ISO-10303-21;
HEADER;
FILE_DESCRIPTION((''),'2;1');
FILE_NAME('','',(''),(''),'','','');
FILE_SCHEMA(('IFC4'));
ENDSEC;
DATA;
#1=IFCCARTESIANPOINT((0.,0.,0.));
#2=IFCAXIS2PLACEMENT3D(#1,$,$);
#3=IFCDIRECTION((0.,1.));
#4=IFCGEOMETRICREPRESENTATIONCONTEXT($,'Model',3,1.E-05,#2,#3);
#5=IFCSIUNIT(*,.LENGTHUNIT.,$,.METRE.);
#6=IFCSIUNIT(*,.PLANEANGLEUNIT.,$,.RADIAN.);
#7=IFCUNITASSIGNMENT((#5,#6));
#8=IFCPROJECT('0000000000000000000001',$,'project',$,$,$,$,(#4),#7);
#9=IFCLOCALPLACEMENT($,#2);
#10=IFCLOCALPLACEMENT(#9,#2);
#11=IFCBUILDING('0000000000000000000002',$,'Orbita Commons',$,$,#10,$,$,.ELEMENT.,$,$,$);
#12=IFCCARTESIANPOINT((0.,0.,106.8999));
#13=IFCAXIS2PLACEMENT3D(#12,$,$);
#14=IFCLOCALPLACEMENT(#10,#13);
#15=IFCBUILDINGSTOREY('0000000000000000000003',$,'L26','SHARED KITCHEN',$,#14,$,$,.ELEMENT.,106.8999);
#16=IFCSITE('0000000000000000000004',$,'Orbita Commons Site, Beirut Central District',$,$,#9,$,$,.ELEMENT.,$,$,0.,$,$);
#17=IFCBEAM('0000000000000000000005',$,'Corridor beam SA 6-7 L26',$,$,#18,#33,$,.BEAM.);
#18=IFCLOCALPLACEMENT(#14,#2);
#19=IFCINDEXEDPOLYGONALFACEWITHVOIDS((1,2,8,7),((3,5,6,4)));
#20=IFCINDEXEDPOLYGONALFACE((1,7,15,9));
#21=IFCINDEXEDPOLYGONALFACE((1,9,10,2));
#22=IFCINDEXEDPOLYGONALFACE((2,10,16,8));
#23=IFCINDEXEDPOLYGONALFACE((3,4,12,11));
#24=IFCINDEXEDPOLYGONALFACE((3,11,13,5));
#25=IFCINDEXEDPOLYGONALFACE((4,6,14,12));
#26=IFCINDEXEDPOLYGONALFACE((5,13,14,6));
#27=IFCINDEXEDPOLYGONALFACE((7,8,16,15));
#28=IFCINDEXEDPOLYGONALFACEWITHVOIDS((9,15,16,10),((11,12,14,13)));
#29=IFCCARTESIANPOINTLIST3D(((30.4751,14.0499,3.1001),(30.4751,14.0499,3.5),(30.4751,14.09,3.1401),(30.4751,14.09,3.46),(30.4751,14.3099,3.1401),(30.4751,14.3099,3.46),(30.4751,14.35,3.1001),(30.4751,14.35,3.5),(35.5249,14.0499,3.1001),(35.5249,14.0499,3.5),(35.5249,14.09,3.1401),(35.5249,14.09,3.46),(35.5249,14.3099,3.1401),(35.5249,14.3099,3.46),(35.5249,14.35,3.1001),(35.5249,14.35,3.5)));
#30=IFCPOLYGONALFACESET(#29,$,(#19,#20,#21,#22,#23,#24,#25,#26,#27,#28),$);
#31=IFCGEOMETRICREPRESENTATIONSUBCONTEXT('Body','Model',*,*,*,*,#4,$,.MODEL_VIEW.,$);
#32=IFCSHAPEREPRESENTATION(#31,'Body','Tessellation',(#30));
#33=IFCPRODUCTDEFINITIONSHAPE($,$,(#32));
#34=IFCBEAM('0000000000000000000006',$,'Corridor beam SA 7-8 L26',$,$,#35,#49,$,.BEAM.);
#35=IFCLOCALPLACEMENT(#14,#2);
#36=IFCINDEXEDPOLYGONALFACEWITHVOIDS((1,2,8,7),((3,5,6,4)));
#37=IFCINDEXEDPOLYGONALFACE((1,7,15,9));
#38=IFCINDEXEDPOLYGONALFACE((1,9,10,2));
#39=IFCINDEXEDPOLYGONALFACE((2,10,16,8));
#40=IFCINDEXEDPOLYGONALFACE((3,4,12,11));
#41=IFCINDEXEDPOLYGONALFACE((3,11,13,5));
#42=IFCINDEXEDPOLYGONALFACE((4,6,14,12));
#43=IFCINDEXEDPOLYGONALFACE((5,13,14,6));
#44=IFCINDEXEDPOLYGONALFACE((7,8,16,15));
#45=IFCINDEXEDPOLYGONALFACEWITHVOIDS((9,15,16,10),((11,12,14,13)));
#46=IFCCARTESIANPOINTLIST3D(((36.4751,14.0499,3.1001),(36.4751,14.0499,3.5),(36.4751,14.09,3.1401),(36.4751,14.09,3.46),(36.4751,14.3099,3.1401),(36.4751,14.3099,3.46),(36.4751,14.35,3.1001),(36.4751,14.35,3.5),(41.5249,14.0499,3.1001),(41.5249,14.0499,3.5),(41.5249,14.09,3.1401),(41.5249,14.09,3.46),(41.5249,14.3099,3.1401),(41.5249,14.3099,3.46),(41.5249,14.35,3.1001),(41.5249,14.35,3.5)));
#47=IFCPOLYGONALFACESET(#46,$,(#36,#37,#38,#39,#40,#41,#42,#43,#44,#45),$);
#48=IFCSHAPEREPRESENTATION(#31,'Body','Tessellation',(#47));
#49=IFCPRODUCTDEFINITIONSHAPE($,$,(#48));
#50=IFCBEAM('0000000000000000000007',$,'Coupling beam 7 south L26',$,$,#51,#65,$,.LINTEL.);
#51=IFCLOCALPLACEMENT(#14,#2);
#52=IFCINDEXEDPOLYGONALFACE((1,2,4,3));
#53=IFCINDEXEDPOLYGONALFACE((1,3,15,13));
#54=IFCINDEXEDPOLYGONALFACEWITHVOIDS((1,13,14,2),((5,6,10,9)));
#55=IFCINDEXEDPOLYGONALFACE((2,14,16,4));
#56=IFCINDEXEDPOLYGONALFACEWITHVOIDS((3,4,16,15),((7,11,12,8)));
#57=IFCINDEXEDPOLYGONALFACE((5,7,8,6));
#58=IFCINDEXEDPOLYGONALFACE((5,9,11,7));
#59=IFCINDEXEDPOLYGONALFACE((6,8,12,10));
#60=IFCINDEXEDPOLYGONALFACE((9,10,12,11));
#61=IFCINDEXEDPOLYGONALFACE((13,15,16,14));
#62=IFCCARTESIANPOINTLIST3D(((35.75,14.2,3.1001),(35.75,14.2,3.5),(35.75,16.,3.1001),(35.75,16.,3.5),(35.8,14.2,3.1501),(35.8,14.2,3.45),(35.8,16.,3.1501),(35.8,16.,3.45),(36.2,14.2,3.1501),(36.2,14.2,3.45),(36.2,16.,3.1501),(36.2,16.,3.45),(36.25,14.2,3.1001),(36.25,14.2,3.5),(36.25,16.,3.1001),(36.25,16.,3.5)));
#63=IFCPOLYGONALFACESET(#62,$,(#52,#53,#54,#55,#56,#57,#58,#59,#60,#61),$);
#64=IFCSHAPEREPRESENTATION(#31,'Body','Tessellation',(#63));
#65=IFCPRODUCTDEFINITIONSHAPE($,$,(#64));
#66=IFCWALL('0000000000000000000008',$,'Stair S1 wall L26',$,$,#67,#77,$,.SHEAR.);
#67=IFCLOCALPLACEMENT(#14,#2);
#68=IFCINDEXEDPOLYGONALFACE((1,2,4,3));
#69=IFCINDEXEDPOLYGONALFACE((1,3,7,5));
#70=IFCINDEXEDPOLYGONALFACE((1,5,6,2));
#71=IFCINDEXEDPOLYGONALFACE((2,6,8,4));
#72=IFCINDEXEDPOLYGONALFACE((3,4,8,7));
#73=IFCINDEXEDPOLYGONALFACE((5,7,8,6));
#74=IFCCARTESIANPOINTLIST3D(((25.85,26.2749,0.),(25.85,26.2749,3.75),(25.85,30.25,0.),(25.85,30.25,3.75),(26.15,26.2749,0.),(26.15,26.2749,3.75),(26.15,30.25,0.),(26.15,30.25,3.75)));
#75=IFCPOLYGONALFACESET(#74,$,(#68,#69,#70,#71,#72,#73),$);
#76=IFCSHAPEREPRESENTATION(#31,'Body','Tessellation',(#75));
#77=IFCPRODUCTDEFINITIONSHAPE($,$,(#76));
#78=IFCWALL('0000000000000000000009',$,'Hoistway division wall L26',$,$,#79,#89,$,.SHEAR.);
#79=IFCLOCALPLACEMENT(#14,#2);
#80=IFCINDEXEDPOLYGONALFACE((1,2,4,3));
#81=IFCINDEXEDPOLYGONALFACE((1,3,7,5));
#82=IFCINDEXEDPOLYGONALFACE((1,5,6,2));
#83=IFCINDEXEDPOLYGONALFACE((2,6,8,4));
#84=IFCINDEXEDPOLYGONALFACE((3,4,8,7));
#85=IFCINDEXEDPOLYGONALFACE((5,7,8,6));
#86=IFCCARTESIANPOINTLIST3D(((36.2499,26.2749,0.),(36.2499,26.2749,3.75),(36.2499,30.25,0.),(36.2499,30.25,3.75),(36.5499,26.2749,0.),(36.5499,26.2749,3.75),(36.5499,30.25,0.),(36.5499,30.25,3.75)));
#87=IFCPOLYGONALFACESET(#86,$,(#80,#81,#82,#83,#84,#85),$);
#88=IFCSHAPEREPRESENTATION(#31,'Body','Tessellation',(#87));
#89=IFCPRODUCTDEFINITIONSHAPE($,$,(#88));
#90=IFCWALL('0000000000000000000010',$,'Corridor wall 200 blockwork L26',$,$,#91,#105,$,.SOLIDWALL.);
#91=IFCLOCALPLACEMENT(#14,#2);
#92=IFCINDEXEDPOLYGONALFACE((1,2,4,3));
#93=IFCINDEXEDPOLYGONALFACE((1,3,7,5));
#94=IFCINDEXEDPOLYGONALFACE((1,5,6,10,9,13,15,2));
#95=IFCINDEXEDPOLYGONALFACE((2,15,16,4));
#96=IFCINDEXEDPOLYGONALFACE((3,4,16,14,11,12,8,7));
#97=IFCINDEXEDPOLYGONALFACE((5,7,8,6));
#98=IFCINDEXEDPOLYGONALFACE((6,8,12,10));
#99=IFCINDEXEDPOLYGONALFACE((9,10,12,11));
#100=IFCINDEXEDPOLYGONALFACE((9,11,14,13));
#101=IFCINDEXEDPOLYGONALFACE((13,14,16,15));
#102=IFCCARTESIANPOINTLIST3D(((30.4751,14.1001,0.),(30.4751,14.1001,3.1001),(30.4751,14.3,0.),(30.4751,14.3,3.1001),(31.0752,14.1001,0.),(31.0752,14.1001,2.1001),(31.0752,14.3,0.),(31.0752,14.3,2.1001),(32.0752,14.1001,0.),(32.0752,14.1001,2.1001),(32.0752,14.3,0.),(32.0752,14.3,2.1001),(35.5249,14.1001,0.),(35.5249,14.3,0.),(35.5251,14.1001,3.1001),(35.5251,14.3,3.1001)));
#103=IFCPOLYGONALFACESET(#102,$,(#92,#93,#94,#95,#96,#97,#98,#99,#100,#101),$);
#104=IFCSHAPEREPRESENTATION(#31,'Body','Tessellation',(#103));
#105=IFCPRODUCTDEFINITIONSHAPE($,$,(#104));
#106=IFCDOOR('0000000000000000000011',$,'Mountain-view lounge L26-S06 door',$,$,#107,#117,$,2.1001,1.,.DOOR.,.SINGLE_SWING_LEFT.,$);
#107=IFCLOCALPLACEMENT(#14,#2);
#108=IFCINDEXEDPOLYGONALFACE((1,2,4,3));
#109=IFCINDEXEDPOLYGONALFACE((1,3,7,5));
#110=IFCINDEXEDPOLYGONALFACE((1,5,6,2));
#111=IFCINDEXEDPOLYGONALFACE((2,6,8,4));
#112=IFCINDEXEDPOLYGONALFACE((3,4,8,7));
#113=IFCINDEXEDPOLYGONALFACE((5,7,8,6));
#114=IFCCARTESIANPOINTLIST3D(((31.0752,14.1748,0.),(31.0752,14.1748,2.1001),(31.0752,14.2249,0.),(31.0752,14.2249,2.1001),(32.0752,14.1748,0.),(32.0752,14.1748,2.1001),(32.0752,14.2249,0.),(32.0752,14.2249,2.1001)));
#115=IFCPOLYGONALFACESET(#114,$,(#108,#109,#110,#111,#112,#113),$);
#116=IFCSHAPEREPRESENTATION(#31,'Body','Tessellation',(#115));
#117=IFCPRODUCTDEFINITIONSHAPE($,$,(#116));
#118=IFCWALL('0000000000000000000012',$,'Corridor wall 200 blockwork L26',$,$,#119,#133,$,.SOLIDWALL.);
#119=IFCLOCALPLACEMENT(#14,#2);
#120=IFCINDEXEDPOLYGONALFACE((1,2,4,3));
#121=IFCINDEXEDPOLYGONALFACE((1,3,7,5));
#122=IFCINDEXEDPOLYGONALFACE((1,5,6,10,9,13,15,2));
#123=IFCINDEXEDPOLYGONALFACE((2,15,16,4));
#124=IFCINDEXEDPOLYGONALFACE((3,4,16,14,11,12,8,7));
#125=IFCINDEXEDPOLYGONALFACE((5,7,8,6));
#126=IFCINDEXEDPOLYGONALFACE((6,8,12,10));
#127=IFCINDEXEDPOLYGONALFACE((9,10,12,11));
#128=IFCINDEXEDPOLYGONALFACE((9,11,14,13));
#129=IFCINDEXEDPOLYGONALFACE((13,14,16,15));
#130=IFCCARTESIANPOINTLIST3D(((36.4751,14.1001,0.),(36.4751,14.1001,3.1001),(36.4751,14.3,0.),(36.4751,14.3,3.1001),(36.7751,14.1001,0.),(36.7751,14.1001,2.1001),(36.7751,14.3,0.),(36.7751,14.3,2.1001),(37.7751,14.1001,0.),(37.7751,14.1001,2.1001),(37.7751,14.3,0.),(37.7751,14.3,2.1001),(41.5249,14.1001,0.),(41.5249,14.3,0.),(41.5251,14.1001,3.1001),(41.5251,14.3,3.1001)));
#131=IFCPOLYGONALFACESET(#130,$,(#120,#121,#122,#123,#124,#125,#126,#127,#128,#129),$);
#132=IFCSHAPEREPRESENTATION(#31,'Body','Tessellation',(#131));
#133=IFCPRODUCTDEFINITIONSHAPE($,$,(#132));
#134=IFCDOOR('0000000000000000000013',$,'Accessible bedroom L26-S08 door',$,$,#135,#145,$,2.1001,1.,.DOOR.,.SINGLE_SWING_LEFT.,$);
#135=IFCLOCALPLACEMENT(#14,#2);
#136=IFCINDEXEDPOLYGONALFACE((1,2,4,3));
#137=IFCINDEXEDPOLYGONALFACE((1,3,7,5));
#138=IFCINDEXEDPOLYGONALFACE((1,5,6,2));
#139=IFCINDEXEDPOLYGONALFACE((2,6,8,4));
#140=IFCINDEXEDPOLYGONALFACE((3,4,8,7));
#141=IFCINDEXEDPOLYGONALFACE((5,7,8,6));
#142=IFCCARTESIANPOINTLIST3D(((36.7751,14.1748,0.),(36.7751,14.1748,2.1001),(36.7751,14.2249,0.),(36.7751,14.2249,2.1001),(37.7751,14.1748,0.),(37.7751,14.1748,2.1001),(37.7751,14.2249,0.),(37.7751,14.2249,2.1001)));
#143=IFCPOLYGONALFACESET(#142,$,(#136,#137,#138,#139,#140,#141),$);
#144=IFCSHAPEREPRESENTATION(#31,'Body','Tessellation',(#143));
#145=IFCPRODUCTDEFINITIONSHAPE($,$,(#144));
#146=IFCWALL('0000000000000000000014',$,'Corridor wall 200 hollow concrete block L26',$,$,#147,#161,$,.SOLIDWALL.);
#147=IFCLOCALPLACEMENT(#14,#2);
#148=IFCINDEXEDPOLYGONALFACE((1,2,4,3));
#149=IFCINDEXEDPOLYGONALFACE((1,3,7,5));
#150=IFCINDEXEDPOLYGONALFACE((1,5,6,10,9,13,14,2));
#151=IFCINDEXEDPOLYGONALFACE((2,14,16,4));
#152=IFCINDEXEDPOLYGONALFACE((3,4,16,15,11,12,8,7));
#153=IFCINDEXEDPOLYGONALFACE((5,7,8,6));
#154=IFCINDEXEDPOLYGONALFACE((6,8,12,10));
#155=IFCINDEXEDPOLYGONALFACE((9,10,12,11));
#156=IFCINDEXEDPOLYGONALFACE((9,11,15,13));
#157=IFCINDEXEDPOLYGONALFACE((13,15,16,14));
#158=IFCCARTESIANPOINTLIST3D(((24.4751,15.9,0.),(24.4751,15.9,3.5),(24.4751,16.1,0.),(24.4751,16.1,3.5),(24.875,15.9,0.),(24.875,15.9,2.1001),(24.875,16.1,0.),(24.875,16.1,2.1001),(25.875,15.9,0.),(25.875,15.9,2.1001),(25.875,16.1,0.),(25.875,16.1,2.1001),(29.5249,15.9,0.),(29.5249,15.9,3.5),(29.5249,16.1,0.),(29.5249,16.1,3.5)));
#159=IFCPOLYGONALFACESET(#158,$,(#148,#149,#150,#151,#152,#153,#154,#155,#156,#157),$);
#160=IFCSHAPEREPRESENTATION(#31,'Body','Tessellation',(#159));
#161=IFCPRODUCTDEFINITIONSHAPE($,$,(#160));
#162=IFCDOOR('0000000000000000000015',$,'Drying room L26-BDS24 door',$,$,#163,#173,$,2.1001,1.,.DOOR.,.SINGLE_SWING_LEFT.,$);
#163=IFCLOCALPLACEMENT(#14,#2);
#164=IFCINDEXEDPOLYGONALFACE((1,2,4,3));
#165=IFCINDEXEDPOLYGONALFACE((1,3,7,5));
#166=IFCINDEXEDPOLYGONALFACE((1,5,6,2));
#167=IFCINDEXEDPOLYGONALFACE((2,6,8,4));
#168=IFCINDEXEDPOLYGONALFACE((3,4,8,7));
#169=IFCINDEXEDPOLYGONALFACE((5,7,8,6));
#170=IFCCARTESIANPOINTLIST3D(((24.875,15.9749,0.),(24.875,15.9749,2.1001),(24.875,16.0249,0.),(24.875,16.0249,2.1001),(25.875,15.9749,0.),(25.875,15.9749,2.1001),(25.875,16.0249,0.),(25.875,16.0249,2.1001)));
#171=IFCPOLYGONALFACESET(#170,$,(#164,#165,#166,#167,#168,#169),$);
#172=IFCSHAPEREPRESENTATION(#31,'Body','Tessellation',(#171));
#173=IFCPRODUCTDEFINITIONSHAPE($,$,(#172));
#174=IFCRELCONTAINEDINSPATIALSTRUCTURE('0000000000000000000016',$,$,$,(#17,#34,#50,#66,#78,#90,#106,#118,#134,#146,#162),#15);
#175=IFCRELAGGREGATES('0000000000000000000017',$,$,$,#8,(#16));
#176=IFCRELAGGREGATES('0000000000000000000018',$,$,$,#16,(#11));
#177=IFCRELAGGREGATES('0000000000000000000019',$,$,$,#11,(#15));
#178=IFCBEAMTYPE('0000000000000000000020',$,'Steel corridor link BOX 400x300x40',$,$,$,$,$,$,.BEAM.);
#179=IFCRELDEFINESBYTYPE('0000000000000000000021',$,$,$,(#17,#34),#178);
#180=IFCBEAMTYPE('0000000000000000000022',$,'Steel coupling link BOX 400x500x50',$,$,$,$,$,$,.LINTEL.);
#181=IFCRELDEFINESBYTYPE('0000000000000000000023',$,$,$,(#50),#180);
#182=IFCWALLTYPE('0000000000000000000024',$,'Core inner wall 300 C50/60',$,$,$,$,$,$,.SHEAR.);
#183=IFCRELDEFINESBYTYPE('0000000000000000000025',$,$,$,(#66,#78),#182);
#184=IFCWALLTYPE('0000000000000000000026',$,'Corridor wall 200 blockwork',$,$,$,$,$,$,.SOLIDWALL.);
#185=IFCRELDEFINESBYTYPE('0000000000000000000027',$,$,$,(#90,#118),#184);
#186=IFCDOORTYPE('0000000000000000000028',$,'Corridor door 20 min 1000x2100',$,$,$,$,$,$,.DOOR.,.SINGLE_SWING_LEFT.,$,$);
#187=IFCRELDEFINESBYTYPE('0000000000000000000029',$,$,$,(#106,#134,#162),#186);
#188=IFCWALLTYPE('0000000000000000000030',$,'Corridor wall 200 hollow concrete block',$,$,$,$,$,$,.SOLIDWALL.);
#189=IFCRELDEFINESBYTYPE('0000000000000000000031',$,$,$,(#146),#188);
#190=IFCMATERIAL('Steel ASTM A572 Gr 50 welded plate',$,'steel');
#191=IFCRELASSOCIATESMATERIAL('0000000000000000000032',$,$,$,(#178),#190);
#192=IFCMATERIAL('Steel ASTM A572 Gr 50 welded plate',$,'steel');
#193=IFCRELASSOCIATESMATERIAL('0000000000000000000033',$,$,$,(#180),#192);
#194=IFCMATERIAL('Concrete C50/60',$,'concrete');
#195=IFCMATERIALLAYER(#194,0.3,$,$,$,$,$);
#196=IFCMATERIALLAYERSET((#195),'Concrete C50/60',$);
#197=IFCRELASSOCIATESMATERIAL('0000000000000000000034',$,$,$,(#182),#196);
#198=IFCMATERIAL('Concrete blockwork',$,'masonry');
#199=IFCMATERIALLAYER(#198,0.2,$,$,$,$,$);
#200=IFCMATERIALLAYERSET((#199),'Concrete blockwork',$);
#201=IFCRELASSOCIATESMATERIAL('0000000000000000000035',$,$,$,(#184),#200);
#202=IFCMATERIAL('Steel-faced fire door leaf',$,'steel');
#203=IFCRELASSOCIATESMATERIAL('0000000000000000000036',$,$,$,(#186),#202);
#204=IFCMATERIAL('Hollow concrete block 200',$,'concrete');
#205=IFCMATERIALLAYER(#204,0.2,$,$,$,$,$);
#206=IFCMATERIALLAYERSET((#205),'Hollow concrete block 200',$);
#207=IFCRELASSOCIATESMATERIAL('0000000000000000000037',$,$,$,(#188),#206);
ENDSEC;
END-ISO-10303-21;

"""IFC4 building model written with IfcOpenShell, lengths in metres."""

from ifc_helpers import new_model, si_unit, direction, frame, frame_2d, origin, origin_2d, place, context, subcontext, project, spatial, polyline, rectangle, hollow_rectangle, outline, extrude, material, layer, layer_set, material_profile, profile_set, type_object, element, fill, save


model = new_model("IFC4")

# Units and contexts
model_context = context("Model", 3, precision=1e-05, world=origin(), true_north=direction((0.0, 1.0)))
body_context = subcontext(model_context, "Body", "Model", "MODEL_VIEW")
ifc_project = project(units=[si_unit("LENGTHUNIT", "METRE"), si_unit("PLANEANGLEUNIT", "RADIAN")], contexts=[model_context])

# Site, building, storey
site_placement = place(None, origin())
site = spatial("IfcSite", under=ifc_project, at=site_placement, Name="Orbita Commons Site, Beirut Central District", CompositionType="ELEMENT", RefElevation=0.0)
building_placement = place(site_placement, origin())
building = spatial("IfcBuilding", under=site, at=building_placement, Name="Orbita Commons", CompositionType="ELEMENT")
storey_placement = place(building_placement, frame((0.0, 0.0, 106.8999)))
storey = spatial("IfcBuildingStorey", under=building, at=storey_placement, Name="L26", Description="SHARED KITCHEN", CompositionType="ELEMENT", Elevation=106.8999)

# Beams
ifc_material_1 = material(Name="Steel ASTM A572 Gr 50 welded plate", Category="steel")
ifc_material_profile_1 = material_profile(ifc_material_1, hollow_rectangle(XDim=0.3, YDim=0.3999, WallThickness=0.04, at=origin_2d()), Name="BOX 400x300x40")
ifc_profile_set_1 = profile_set([ifc_material_profile_1], Name="Steel ASTM A572 Gr 50 welded plate")
beam_type_1 = type_object("IfcBeamType", Name="Steel corridor link BOX 400x300x40", PredefinedType="BEAM", material=ifc_profile_set_1)
for number, where, z_axis, x_axis, name in (
    (1, (30.4751, 14.2, 3.3), (1.0, 0.0, 0.0), (0.0, 1.0, 0.0), "Corridor beam SA 6-7 L26"),
    (2, (36.4751, 14.2, 3.3), (1.0, 0.0, 0.0), (0.0, 1.0, 0.0), "Corridor beam SA 7-8 L26"),
):
    element("IfcBeam", number, at=place(storey_placement, frame(where, z_axis=z_axis, x_axis=x_axis)), inside=storey, type_object=beam_type_1, Name=name, PredefinedType="BEAM", context=body_context, shape_type="SweptSolid", body=[
        extrude(hollow_rectangle(XDim=0.3, YDim=0.3999, WallThickness=0.04, at=origin_2d()), origin(), (0.0, 0.0, 1.0), 5.0498),
    ])
ifc_material_2 = material(Name="Steel ASTM A572 Gr 50 welded plate", Category="steel")
ifc_material_profile_2 = material_profile(ifc_material_2, hollow_rectangle(XDim=0.5, YDim=0.3999, WallThickness=0.05, at=origin_2d()), Name="BOX 400x500x50")
ifc_profile_set_2 = profile_set([ifc_material_profile_2], Name="Steel ASTM A572 Gr 50 welded plate")
beam_type_2 = type_object("IfcBeamType", Name="Steel coupling link BOX 400x500x50", PredefinedType="LINTEL", material=ifc_profile_set_2)
beam_placement = place(storey_placement, frame((36.0, 14.2, 3.3), z_axis=(0.0, 1.0, 0.0), x_axis=(-1.0, 0.0, 0.0)))
element("IfcBeam", 3, at=beam_placement, inside=storey, type_object=beam_type_2, Name="Coupling beam 7 south L26", PredefinedType="LINTEL", context=body_context, shape_type="SweptSolid", body=[
    extrude(hollow_rectangle(XDim=0.5, YDim=0.3999, WallThickness=0.05, at=origin_2d()), origin(), (0.0, 0.0, 1.0), 1.8),
])

# Walls
ifc_material_3 = material(Name="Concrete C50/60", Category="concrete")
ifc_layer_1 = layer(ifc_material_3, 0.3)
ifc_layer_set_1 = layer_set([ifc_layer_1], Name="Concrete C50/60")
wall_type_1 = type_object("IfcWallType", Name="Core inner wall 300 C50/60", PredefinedType="SHEAR", material=ifc_layer_set_1)
for number, where, z_axis, x_axis, name in (
    (4, (26.0, 26.2749, 0.0), (0.0, 0.0, 1.0), (0.0, 1.0, 0.0), "Stair S1 wall L26"),
    (5, (36.3999, 26.2749, 0.0), (0.0, 0.0, 1.0), (0.0, 1.0, 0.0), "Hoistway division wall L26"),
):
    element("IfcWall", number, at=place(storey_placement, frame(where, z_axis=z_axis, x_axis=x_axis)), inside=storey, type_object=wall_type_1, Name=name, PredefinedType="SHEAR", context=body_context, shape_type="SweptSolid", body=[
        extrude(rectangle(XDim=3.9751, YDim=0.3, at=frame_2d((1.9875, 0.0))), origin(), (0.0, 0.0, 1.0), 3.75),
    ])

# Walls, openings, doors
ifc_material_4 = material(Name="Concrete blockwork", Category="masonry")
ifc_layer_2 = layer(ifc_material_4, 0.2)
ifc_layer_set_2 = layer_set([ifc_layer_2], Name="Concrete blockwork")
wall_type_2 = type_object("IfcWallType", Name="Corridor wall 200 blockwork", PredefinedType="SOLIDWALL", material=ifc_layer_set_2)
wall_1_placement = place(storey_placement, frame((30.4751, 14.2, 0.0), z_axis=(0.0, 0.0, 1.0), x_axis=(1.0, 0.0, 0.0)))
wall_1 = element("IfcWall", 6, at=wall_1_placement, inside=storey, type_object=wall_type_2, Name="Corridor wall 200 blockwork L26", PredefinedType="SOLIDWALL", context=body_context, shape_type="SweptSolid", body=[
    extrude(outline(polyline([(0.0, 0.0), (5.0498, 0.0), (5.05, 3.1001), (0.0, 3.1001), (0.0, 0.0)])), frame((0.0, 0.1001, 0.0), z_axis=(0.0, -1.0, 0.0), x_axis=(1.0, 0.0, 0.0)), (0.0, 0.0, 1.0), 0.2),
])
opening_1_placement = place(wall_1_placement, frame((0.6001, 0.0, 0.0)))
opening_1 = element("IfcOpeningElement", 7, at=opening_1_placement, cuts=wall_1, PredefinedType="OPENING", context=body_context, shape_type="SweptSolid", body=[
    extrude(rectangle(XDim=1.0, YDim=2.1001, at=frame_2d((0.5, 1.05))), frame((0.0, 0.1099, 0.0), z_axis=(0.0, -1.0, 0.0), x_axis=(1.0, 0.0, 0.0)), (0.0, 0.0, 1.0), 0.22),
])
ifc_material_5 = material(Name="Steel-faced fire door leaf", Category="steel")
door_type_1 = type_object("IfcDoorType", Name="Corridor door 20 min 1000x2100", OperationType="SINGLE_SWING_LEFT", PredefinedType="DOOR", material=ifc_material_5)
door_1_placement = place(opening_1_placement, origin())
door_1 = element("IfcDoor", 8, at=door_1_placement, inside=storey, type_object=door_type_1, Name="Mountain-view lounge L26-S06 door", OperationType="SINGLE_SWING_LEFT", OverallHeight=2.1001, OverallWidth=1.0, PredefinedType="DOOR", context=body_context, shape_type="SweptSolid", body=[
    extrude(rectangle(XDim=1.0, YDim=2.1001, at=frame_2d((0.5, 1.05))), frame((0.0, 0.0249, 0.0), z_axis=(0.0, -1.0, 0.0), x_axis=(1.0, 0.0, 0.0)), (0.0, 0.0, 1.0), 0.05),
])
fill(opening_1, door_1)
wall_2_placement = place(storey_placement, frame((36.4751, 14.2, 0.0), z_axis=(0.0, 0.0, 1.0), x_axis=(1.0, 0.0, 0.0)))
wall_2 = element("IfcWall", 9, at=wall_2_placement, inside=storey, type_object=wall_type_2, Name="Corridor wall 200 blockwork L26", PredefinedType="SOLIDWALL", context=body_context, shape_type="SweptSolid", body=[
    extrude(outline(polyline([(0.0, 0.0), (5.0498, 0.0), (5.05, 3.1001), (0.0, 3.1001), (0.0, 0.0)])), frame((0.0, 0.1001, 0.0), z_axis=(0.0, -1.0, 0.0), x_axis=(1.0, 0.0, 0.0)), (0.0, 0.0, 1.0), 0.2),
])
opening_2_placement = place(wall_2_placement, frame((0.3, 0.0, 0.0)))
opening_2 = element("IfcOpeningElement", 10, at=opening_2_placement, cuts=wall_2, PredefinedType="OPENING", context=body_context, shape_type="SweptSolid", body=[
    extrude(rectangle(XDim=1.0, YDim=2.1001, at=frame_2d((0.5, 1.05))), frame((0.0, 0.1099, 0.0), z_axis=(0.0, -1.0, 0.0), x_axis=(1.0, 0.0, 0.0)), (0.0, 0.0, 1.0), 0.22),
])
door_2_placement = place(opening_2_placement, origin())
door_2 = element("IfcDoor", 11, at=door_2_placement, inside=storey, type_object=door_type_1, Name="Accessible bedroom L26-S08 door", OperationType="SINGLE_SWING_LEFT", OverallHeight=2.1001, OverallWidth=1.0, PredefinedType="DOOR", context=body_context, shape_type="SweptSolid", body=[
    extrude(rectangle(XDim=1.0, YDim=2.1001, at=frame_2d((0.5, 1.05))), frame((0.0, 0.0249, 0.0), z_axis=(0.0, -1.0, 0.0), x_axis=(1.0, 0.0, 0.0)), (0.0, 0.0, 1.0), 0.05),
])
fill(opening_2, door_2)
ifc_material_6 = material(Name="Hollow concrete block 200", Category="concrete")
ifc_layer_3 = layer(ifc_material_6, 0.2)
ifc_layer_set_3 = layer_set([ifc_layer_3], Name="Hollow concrete block 200")
wall_type_3 = type_object("IfcWallType", Name="Corridor wall 200 hollow concrete block", PredefinedType="SOLIDWALL", material=ifc_layer_set_3)
wall_3_placement = place(storey_placement, frame((24.4751, 16.0, 0.0), z_axis=(0.0, 0.0, 1.0), x_axis=(1.0, 0.0, 0.0)))
wall_3 = element("IfcWall", 12, at=wall_3_placement, inside=storey, type_object=wall_type_3, Name="Corridor wall 200 hollow concrete block L26", PredefinedType="SOLIDWALL", context=body_context, shape_type="SweptSolid", body=[
    extrude(rectangle(XDim=5.0498, YDim=0.2, at=frame_2d((2.5249, 0.0))), origin(), (0.0, 0.0, 1.0), 3.5),
])
opening_3_placement = place(wall_3_placement, frame((0.3999, 0.0, 0.0)))
opening_3 = element("IfcOpeningElement", 13, at=opening_3_placement, cuts=wall_3, PredefinedType="OPENING", context=body_context, shape_type="SweptSolid", body=[
    extrude(rectangle(XDim=1.0, YDim=2.1001, at=frame_2d((0.5, 1.05))), frame((0.0, 0.1099, 0.0), z_axis=(0.0, -1.0, 0.0), x_axis=(1.0, 0.0, 0.0)), (0.0, 0.0, 1.0), 0.22),
])
door_3_placement = place(opening_3_placement, origin())
door_3 = element("IfcDoor", 14, at=door_3_placement, inside=storey, type_object=door_type_1, Name="Drying room L26-BDS24 door", OperationType="SINGLE_SWING_LEFT", OverallHeight=2.1001, OverallWidth=1.0, PredefinedType="DOOR", context=body_context, shape_type="SweptSolid", body=[
    extrude(rectangle(XDim=1.0, YDim=2.1001, at=frame_2d((0.5, 1.05))), frame((0.0, 0.0249, 0.0), z_axis=(0.0, -1.0, 0.0), x_axis=(1.0, 0.0, 0.0)), (0.0, 0.0, 1.0), 0.05),
])
fill(opening_3, door_3)

save(model, "model.ifc")
